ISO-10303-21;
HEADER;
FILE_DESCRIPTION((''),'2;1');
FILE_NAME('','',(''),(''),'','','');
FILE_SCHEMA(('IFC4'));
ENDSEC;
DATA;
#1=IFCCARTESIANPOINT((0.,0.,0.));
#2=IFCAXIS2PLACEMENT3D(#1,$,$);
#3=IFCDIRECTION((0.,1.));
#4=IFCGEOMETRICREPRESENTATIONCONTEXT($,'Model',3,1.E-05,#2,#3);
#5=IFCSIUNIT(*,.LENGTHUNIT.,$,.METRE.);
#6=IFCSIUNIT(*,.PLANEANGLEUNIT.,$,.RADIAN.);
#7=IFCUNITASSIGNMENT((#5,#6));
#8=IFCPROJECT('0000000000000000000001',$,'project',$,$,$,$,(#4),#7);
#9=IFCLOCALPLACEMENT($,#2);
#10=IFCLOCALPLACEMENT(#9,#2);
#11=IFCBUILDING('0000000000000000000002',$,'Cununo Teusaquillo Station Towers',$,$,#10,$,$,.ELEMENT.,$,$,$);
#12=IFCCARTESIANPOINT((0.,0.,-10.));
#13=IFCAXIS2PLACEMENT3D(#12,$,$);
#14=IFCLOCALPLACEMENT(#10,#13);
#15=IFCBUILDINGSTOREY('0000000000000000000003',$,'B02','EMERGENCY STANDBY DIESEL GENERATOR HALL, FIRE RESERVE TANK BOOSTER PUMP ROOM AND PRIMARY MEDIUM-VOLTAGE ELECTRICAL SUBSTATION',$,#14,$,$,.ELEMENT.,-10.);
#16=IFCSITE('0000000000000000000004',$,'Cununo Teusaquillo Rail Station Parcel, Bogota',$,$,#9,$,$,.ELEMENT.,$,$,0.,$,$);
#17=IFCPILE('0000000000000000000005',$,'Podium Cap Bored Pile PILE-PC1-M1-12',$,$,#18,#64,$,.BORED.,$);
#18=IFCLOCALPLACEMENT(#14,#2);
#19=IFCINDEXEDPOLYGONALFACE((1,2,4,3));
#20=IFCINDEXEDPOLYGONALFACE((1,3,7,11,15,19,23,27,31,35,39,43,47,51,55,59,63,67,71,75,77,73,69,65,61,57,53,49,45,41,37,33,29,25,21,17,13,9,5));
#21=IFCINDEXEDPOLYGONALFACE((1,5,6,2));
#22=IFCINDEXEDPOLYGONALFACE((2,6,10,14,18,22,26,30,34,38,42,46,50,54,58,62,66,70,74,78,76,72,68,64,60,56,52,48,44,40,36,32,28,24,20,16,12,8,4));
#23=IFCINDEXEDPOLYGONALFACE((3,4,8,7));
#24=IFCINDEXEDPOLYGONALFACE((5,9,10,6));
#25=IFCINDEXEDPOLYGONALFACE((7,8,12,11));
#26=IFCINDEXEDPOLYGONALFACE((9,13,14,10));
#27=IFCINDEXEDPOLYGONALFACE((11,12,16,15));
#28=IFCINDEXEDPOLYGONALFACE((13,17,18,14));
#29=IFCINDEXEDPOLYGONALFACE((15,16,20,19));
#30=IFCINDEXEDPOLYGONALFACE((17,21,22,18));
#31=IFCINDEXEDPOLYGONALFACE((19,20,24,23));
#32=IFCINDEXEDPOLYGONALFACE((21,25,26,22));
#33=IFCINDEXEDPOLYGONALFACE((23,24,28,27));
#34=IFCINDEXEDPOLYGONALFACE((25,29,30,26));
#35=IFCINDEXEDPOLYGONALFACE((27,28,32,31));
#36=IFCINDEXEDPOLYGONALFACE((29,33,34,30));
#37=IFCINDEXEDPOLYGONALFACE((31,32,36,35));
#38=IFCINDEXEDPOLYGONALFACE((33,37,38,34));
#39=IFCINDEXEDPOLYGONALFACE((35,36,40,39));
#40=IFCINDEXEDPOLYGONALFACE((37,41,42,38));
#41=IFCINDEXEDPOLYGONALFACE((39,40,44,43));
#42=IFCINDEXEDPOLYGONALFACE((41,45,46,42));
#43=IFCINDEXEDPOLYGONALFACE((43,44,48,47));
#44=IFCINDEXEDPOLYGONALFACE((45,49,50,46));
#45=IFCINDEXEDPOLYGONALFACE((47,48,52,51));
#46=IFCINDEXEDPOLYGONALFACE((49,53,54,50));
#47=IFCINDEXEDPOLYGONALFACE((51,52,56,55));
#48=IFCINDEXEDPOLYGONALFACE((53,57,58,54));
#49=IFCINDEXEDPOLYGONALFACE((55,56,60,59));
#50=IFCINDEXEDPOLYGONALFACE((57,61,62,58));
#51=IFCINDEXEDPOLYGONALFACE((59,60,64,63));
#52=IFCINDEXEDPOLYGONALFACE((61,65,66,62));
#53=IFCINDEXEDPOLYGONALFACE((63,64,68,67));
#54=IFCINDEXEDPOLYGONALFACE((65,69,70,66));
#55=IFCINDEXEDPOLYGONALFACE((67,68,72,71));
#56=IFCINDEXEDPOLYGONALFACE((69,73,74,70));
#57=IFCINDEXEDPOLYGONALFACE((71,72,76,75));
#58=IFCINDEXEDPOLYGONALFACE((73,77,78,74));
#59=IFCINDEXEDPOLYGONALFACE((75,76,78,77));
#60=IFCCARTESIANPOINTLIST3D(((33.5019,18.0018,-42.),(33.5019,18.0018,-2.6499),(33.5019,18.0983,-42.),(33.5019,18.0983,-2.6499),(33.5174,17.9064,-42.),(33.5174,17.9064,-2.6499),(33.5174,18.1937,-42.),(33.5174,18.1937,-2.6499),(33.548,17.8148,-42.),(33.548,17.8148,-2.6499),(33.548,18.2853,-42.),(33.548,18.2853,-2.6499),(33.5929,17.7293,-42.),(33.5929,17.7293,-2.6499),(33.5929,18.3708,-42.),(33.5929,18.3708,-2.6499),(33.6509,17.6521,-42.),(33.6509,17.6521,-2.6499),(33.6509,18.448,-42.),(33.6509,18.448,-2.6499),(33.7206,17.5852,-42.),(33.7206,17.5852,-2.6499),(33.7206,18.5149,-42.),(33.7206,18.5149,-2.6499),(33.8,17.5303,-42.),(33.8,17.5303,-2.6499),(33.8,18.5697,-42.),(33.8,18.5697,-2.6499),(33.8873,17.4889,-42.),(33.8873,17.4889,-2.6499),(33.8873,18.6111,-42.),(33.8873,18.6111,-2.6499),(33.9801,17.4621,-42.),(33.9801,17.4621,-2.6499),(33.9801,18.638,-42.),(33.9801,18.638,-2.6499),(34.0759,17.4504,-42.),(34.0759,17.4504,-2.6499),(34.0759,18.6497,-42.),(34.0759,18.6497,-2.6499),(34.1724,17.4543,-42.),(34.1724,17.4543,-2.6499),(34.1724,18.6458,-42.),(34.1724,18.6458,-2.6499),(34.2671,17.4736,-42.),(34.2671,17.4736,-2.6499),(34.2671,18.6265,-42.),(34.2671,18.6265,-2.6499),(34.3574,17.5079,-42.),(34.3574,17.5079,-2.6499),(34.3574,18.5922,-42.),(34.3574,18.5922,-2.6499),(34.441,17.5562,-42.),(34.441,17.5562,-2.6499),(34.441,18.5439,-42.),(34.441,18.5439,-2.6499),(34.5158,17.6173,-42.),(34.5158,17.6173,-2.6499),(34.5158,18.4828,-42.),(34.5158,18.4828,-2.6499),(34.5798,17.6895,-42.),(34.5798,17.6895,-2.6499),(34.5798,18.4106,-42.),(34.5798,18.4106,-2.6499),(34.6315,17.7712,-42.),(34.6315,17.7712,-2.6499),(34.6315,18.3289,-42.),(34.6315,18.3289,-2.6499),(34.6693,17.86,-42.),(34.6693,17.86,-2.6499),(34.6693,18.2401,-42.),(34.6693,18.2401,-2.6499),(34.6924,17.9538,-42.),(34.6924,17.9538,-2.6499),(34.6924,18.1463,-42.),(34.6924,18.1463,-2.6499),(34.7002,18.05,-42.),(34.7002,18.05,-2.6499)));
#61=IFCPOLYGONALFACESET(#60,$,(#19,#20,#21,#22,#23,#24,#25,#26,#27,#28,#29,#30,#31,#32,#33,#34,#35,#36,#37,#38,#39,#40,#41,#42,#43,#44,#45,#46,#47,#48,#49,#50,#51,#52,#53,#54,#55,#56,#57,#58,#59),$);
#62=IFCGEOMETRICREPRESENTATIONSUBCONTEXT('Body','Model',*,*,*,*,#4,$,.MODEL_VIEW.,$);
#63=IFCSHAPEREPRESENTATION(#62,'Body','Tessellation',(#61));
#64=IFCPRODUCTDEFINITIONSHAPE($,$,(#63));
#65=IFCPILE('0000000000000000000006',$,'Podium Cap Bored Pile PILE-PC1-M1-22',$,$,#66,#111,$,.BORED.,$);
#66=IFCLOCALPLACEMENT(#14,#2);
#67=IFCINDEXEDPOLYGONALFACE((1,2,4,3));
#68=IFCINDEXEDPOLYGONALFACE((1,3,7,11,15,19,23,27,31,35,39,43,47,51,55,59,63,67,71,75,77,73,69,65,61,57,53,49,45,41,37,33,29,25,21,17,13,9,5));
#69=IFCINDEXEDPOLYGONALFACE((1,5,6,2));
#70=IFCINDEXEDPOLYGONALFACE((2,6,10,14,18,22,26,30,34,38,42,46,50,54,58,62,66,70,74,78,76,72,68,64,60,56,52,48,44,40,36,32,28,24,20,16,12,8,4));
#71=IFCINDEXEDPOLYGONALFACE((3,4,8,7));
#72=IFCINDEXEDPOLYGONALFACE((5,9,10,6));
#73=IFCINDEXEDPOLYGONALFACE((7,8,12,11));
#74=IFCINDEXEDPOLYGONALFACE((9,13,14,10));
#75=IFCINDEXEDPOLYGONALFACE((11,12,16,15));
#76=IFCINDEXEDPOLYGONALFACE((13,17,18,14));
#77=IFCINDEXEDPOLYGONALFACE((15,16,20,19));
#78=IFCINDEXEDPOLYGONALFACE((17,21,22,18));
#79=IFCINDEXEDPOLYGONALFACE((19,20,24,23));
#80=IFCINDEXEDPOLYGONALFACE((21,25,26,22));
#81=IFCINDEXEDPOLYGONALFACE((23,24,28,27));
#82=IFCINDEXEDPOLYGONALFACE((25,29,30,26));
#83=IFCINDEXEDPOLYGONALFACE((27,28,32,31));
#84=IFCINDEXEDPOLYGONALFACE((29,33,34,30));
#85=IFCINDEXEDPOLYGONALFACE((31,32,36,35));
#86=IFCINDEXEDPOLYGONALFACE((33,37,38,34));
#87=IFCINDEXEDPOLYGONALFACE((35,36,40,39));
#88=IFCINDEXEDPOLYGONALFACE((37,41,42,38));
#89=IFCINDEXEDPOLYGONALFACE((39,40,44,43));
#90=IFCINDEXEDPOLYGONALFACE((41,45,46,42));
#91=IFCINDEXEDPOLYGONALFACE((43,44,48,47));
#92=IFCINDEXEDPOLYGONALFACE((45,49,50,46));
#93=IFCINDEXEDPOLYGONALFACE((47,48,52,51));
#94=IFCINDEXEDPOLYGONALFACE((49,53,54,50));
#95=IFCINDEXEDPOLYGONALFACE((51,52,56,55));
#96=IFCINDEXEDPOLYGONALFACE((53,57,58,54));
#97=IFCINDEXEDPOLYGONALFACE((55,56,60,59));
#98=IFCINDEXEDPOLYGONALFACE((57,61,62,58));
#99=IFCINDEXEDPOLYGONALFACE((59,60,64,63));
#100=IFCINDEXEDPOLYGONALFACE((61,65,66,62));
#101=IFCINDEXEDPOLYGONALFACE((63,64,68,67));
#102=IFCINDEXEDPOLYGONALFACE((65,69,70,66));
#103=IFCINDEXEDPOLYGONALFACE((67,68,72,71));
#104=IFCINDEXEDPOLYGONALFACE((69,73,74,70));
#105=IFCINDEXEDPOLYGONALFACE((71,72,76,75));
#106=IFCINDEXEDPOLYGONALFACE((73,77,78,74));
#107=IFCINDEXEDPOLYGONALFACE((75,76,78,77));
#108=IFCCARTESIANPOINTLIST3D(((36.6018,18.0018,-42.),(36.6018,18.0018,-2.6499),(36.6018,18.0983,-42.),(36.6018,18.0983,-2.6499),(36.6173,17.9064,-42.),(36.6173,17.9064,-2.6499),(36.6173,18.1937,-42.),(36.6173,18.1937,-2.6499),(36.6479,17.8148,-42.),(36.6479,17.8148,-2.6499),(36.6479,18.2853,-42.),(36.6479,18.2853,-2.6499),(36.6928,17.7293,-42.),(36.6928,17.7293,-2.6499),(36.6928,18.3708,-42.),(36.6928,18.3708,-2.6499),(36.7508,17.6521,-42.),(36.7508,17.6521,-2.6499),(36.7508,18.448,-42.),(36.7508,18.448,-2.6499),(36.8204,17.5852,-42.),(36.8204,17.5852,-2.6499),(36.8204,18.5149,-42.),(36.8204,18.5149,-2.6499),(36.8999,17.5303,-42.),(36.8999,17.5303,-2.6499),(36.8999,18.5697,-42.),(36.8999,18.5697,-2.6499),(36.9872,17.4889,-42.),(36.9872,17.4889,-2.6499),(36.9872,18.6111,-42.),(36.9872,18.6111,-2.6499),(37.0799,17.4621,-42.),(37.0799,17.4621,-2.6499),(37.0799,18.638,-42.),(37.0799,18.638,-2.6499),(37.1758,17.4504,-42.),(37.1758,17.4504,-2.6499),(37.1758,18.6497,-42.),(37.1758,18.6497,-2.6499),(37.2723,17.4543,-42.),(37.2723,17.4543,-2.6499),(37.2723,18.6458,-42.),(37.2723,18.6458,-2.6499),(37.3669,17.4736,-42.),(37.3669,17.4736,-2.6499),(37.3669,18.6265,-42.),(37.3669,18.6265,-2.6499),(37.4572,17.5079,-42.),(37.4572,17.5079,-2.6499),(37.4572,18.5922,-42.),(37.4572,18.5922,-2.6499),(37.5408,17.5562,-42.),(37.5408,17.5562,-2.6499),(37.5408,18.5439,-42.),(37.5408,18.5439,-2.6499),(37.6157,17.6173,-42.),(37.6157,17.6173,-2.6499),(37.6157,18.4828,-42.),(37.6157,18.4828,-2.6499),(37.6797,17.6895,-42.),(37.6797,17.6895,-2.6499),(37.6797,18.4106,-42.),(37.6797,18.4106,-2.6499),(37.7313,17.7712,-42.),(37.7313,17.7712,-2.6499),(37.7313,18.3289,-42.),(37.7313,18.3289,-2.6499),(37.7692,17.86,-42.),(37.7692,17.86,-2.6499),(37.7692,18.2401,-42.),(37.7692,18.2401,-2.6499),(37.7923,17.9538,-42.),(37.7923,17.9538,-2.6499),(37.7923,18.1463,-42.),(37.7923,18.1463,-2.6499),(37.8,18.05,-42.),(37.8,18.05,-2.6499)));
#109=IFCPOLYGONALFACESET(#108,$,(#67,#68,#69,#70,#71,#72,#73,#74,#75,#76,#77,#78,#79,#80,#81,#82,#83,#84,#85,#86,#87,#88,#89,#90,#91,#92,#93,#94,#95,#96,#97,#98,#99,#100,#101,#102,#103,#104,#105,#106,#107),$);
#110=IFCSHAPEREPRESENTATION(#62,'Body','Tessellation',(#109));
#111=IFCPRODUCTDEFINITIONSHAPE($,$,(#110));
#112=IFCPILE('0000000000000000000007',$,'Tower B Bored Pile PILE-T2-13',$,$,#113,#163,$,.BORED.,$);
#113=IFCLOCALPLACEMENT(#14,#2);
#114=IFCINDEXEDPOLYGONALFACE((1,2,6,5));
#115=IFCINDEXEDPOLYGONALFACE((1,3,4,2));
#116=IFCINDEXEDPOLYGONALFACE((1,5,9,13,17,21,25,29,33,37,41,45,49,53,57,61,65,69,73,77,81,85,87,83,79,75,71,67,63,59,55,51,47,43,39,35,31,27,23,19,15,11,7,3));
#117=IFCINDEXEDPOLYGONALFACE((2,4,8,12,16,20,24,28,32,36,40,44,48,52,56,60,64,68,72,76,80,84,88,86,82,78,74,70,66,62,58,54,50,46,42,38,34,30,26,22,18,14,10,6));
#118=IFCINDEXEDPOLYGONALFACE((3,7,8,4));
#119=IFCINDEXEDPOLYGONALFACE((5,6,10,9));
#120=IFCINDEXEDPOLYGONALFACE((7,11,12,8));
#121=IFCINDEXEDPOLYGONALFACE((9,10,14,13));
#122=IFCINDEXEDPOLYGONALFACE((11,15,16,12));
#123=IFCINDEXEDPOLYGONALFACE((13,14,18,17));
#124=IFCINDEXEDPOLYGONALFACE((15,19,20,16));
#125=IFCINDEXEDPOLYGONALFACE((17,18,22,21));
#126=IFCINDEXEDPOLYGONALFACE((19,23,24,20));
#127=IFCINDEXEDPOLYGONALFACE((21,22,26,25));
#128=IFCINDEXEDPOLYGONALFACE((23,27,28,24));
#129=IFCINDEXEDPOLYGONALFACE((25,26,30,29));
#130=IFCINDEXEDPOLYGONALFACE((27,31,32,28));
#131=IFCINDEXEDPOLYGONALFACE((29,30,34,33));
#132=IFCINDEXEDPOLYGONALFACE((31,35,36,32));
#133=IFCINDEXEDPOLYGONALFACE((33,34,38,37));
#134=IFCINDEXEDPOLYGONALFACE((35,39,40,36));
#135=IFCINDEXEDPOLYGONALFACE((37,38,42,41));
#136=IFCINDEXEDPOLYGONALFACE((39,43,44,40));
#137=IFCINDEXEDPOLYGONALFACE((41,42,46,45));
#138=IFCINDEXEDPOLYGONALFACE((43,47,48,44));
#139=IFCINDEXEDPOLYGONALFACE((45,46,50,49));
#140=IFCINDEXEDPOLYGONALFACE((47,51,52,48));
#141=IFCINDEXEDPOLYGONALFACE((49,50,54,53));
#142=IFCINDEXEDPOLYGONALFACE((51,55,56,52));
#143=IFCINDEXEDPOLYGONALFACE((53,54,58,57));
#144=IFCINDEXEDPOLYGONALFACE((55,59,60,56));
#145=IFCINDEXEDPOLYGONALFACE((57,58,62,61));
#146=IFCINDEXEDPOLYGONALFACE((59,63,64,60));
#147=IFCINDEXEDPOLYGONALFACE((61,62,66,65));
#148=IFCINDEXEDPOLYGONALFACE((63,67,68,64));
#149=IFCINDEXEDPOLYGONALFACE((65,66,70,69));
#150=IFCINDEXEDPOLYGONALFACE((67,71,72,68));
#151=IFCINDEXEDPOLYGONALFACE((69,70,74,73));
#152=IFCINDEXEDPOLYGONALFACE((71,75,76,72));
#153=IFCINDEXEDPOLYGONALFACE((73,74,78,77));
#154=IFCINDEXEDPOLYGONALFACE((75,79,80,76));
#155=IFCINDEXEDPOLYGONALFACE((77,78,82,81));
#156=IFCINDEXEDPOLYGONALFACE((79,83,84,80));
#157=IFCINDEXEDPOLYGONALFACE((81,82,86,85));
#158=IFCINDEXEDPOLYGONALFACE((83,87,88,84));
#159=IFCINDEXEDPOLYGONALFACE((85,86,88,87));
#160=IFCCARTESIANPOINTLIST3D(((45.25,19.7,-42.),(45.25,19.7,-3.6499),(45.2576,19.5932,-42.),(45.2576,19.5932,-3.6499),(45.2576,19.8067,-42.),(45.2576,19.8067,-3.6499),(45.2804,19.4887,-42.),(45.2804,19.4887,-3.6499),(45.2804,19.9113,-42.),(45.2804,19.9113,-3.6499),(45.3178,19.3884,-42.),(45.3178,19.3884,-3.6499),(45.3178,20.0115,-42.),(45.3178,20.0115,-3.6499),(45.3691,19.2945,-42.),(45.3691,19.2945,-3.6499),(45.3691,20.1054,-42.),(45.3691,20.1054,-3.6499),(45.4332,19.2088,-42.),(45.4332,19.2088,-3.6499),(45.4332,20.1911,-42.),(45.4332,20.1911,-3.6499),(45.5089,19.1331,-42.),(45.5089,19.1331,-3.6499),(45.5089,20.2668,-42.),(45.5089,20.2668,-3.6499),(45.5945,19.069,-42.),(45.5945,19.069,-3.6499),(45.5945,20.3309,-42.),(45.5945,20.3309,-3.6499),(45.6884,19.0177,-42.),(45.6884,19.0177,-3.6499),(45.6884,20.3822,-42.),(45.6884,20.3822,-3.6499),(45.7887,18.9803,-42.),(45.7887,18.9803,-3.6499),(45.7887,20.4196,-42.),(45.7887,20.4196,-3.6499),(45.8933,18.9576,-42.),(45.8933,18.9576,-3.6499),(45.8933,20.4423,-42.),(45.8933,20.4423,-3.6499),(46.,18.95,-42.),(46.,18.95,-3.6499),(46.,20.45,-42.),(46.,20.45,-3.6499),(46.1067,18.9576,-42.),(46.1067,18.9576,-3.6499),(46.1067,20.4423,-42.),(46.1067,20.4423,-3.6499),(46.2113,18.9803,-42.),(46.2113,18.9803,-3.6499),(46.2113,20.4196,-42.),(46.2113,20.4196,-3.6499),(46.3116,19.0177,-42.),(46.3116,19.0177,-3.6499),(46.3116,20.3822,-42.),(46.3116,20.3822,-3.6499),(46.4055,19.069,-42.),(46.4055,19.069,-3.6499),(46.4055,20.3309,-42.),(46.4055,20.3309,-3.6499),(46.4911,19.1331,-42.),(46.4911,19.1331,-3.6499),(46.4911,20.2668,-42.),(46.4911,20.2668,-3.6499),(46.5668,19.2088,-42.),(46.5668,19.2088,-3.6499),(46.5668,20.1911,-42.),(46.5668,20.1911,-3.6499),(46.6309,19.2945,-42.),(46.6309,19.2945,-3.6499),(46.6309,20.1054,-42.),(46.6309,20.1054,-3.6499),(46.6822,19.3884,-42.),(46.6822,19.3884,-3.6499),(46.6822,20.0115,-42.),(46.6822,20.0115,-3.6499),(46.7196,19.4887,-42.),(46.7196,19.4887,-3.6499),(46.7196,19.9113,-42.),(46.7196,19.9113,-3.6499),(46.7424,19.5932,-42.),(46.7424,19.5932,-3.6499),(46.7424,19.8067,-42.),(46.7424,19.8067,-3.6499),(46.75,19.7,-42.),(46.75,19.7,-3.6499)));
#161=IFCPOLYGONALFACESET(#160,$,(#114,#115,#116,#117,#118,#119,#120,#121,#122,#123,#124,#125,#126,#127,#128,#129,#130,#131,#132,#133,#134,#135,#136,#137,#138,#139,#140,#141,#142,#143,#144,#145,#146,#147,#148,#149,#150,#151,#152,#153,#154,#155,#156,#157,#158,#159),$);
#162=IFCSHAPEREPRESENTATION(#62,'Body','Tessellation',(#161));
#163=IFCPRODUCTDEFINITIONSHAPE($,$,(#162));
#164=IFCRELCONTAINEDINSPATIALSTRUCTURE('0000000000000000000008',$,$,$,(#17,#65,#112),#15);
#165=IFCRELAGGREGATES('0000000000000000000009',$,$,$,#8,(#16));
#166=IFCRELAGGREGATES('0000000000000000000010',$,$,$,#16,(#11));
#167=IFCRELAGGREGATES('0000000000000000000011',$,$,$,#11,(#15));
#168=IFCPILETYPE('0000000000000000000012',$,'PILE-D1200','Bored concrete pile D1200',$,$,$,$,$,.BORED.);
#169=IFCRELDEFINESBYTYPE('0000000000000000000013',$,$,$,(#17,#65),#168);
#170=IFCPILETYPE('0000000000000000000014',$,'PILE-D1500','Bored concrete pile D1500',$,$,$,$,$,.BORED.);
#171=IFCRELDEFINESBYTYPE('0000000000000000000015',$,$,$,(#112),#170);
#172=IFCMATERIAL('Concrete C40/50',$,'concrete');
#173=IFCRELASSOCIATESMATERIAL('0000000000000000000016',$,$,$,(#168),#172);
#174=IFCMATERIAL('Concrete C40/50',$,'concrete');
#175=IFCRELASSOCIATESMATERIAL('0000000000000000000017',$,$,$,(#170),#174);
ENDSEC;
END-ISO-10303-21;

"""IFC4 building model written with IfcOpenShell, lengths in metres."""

from ifc_helpers import new_model, si_unit, direction, frame, origin, origin_2d, place, context, subcontext, project, spatial, circle, extrude, material, material_profile, profile_set, type_object, element, save


model = new_model("IFC4")

# Units and contexts
model_context = context("Model", 3, precision=1e-05, world=origin(), true_north=direction((0.0, 1.0)))
body_context = subcontext(model_context, "Body", "Model", "MODEL_VIEW")
ifc_project = project(units=[si_unit("LENGTHUNIT", "METRE"), si_unit("PLANEANGLEUNIT", "RADIAN")], contexts=[model_context])

# Site, building, storey
site_placement = place(None, origin())
site = spatial("IfcSite", under=ifc_project, at=site_placement, Name="Cununo Teusaquillo Rail Station Parcel, Bogota", CompositionType="ELEMENT", RefElevation=0.0)
building_placement = place(site_placement, origin())
building = spatial("IfcBuilding", under=site, at=building_placement, Name="Cununo Teusaquillo Station Towers", CompositionType="ELEMENT")
storey_placement = place(building_placement, frame((0.0, 0.0, -10.0)))
storey = spatial("IfcBuildingStorey", under=building, at=storey_placement, Name="B02", Description="EMERGENCY STANDBY DIESEL GENERATOR HALL, FIRE RESERVE TANK BOOSTER PUMP ROOM AND PRIMARY MEDIUM-VOLTAGE ELECTRICAL SUBSTATION", CompositionType="ELEMENT", Elevation=-10.0)

# Piles
ifc_material_1 = material(Name="Concrete C40/50", Category="concrete")
ifc_material_profile_1 = material_profile(ifc_material_1, circle(Radius=0.6001, at=origin_2d()), Name="PILE-BORED-1200")
ifc_profile_set_1 = profile_set([ifc_material_profile_1], Name="Concrete C40/50")
pile_type_1 = type_object("IfcPileType", Name="PILE-D1200", Description="Bored concrete pile D1200", PredefinedType="BORED", material=ifc_profile_set_1)
for number, where, z_axis, x_axis, name in (
    (1, (34.1001, 18.05, -2.6499), (0.0, 0.0, -1.0), (1.0, 0.0, 0.0), "Podium Cap Bored Pile PILE-PC1-M1-12"),
    (2, (37.2, 18.05, -2.6499), (0.0, 0.0, -1.0), (1.0, 0.0, 0.0), "Podium Cap Bored Pile PILE-PC1-M1-22"),
):
    element("IfcPile", number, at=place(storey_placement, frame(where, z_axis=z_axis, x_axis=x_axis)), inside=storey, type_object=pile_type_1, Name=name, PredefinedType="BORED", context=body_context, shape_type="SweptSolid", body=[
        extrude(circle(Radius=0.6001, at=origin_2d()), origin(), (0.0, 0.0, 1.0), 39.3501),
    ])
ifc_material_2 = material(Name="Concrete C40/50", Category="concrete")
ifc_material_profile_2 = material_profile(ifc_material_2, circle(Radius=0.75, at=origin_2d()), Name="PILE-BORED-1500")
ifc_profile_set_2 = profile_set([ifc_material_profile_2], Name="Concrete C40/50")
pile_type_2 = type_object("IfcPileType", Name="PILE-D1500", Description="Bored concrete pile D1500", PredefinedType="BORED", material=ifc_profile_set_2)
for number, where, z_axis, x_axis, name in (
    (3, (46.0, 19.7, -3.6499), (0.0, 0.0, -1.0), (1.0, 0.0, 0.0), "Tower B Bored Pile PILE-T2-13"),
):
    element("IfcPile", number, at=place(storey_placement, frame(where, z_axis=z_axis, x_axis=x_axis)), inside=storey, type_object=pile_type_2, Name=name, PredefinedType="BORED", context=body_context, shape_type="SweptSolid", body=[
        extrude(circle(Radius=0.75, at=origin_2d()), origin(), (0.0, 0.0, 1.0), 38.3501),
    ])

save(model, "model.ifc")
